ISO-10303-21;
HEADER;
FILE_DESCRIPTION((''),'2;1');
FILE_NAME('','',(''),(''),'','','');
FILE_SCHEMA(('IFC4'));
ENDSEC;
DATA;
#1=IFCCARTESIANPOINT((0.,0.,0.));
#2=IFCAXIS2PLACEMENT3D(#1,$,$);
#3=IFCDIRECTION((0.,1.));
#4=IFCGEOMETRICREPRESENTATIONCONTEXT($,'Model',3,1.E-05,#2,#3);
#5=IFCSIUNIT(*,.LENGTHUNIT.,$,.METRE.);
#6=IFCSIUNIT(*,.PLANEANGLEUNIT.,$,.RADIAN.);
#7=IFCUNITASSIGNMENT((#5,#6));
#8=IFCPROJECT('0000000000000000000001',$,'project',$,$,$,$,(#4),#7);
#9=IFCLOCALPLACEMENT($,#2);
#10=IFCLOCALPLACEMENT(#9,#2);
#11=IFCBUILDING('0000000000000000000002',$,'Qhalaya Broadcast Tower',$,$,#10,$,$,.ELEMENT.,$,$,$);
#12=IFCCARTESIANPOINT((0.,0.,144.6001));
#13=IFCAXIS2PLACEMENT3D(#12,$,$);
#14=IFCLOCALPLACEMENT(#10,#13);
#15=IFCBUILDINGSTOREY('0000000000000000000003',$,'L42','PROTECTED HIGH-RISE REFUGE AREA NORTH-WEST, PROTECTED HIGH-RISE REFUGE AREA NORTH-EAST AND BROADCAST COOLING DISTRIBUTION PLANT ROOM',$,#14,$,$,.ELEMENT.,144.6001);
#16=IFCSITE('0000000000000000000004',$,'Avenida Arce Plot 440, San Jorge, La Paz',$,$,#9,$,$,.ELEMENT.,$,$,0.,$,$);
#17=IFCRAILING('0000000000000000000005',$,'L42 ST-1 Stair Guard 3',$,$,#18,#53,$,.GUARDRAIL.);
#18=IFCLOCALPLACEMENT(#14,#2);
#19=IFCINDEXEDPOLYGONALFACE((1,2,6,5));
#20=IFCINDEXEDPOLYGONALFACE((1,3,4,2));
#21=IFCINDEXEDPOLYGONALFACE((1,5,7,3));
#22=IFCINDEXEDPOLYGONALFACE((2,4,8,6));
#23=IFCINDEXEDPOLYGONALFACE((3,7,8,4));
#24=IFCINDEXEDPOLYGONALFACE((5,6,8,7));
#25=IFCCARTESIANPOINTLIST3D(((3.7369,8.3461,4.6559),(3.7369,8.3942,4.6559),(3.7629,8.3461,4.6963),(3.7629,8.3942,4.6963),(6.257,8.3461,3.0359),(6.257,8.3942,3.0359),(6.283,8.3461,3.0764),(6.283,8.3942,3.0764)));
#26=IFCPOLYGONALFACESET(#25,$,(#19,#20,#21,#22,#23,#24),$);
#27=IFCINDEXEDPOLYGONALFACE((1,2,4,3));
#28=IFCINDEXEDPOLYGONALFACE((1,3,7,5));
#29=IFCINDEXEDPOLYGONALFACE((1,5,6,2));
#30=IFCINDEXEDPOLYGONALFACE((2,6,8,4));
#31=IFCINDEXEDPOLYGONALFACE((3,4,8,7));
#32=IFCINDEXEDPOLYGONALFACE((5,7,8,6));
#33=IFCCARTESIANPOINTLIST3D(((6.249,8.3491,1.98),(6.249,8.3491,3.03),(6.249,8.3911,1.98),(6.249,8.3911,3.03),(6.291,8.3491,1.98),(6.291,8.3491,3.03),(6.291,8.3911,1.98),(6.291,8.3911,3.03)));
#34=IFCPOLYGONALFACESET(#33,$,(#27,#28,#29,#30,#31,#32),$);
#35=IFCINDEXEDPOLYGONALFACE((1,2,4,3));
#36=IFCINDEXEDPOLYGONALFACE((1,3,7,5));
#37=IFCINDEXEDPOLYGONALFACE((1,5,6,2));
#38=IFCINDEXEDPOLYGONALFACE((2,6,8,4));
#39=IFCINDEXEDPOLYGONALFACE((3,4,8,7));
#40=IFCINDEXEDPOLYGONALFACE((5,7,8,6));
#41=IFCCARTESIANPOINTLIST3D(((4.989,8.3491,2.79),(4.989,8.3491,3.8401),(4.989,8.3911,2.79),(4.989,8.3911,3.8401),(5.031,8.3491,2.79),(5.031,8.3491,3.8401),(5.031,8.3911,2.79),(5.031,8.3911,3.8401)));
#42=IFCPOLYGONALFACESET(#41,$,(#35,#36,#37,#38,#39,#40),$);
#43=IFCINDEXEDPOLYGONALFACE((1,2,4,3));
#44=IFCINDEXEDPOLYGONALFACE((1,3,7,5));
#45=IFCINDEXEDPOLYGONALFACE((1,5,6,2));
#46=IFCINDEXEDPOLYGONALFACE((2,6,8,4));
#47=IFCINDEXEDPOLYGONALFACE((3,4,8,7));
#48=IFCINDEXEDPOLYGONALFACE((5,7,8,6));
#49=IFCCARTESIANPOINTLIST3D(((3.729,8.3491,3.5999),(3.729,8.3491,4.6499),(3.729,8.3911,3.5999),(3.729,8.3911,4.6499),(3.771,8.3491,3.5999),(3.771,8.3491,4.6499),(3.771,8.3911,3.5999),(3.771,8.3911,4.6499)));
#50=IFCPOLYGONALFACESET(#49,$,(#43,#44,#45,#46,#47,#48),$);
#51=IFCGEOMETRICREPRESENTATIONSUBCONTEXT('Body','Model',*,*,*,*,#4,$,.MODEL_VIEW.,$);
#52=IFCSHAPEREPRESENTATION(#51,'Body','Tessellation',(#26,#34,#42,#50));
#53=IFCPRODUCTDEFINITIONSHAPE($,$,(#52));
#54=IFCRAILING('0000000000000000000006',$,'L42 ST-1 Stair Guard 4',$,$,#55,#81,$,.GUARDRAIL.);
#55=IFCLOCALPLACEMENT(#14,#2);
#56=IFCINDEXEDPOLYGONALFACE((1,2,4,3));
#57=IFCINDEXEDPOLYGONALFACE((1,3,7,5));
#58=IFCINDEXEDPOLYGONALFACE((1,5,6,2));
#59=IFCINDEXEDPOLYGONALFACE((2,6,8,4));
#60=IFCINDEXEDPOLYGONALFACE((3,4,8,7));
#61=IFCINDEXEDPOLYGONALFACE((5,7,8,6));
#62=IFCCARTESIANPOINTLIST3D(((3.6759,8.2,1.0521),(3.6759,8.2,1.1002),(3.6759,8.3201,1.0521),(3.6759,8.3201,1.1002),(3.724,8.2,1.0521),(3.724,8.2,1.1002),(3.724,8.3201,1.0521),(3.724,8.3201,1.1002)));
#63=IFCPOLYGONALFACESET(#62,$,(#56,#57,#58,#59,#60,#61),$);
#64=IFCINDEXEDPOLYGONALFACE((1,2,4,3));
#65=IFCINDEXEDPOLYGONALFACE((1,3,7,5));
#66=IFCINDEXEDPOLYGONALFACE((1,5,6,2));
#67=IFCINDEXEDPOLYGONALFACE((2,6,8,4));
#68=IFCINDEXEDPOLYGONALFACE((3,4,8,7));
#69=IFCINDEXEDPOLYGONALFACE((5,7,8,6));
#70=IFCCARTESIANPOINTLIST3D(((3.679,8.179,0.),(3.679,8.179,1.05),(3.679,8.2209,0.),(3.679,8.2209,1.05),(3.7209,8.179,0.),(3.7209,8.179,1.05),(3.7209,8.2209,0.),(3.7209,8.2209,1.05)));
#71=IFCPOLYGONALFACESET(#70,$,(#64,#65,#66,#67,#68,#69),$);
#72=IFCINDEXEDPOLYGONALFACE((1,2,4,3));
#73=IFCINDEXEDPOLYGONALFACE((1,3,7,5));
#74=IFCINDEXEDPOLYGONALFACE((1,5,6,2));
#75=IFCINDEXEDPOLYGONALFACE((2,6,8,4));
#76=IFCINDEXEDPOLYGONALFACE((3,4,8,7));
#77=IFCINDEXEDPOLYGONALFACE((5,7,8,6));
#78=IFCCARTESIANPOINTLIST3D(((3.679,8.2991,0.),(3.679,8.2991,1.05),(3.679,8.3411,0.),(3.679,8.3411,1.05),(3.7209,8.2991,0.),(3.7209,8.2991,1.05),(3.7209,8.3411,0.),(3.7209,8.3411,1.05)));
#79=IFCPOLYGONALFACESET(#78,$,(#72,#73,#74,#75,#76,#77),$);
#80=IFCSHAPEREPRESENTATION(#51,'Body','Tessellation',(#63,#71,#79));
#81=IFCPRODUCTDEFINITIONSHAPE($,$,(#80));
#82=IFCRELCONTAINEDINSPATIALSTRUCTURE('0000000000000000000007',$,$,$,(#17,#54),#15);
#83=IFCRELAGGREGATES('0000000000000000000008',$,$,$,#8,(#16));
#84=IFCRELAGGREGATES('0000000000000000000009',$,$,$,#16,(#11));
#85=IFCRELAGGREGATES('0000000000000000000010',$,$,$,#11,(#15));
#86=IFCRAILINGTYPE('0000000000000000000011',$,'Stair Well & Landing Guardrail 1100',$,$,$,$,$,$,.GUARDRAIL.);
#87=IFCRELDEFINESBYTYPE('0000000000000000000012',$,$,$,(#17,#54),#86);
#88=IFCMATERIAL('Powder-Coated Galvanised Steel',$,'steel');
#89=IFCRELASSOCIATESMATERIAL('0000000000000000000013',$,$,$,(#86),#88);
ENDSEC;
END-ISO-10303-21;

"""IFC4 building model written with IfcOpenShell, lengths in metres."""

from ifc_helpers import new_model, si_unit, direction, frame, origin, origin_2d, place, context, subcontext, project, spatial, rectangle, extrude, material, type_object, element, save


model = new_model("IFC4")

# Units and contexts
model_context = context("Model", 3, precision=1e-05, world=origin(), true_north=direction((0.0, 1.0)))
body_context = subcontext(model_context, "Body", "Model", "MODEL_VIEW")
ifc_project = project(units=[si_unit("LENGTHUNIT", "METRE"), si_unit("PLANEANGLEUNIT", "RADIAN")], contexts=[model_context])

# Site, building, storey
site_placement = place(None, origin())
site = spatial("IfcSite", under=ifc_project, at=site_placement, Name="Avenida Arce Plot 440, San Jorge, La Paz", CompositionType="ELEMENT", RefElevation=0.0)
building_placement = place(site_placement, origin())
building = spatial("IfcBuilding", under=site, at=building_placement, Name="Qhalaya Broadcast Tower", CompositionType="ELEMENT")
storey_placement = place(building_placement, frame((0.0, 0.0, 144.6001)))
storey = spatial("IfcBuildingStorey", under=building, at=storey_placement, Name="L42", Description="PROTECTED HIGH-RISE REFUGE AREA NORTH-WEST, PROTECTED HIGH-RISE REFUGE AREA NORTH-EAST AND BROADCAST COOLING DISTRIBUTION PLANT ROOM", CompositionType="ELEMENT", Elevation=144.6001)

# Railings
ifc_material_1 = material(Name="Powder-Coated Galvanised Steel", Category="steel")
railing_type_1 = type_object("IfcRailingType", Name="Stair Well & Landing Guardrail 1100", PredefinedType="GUARDRAIL", material=ifc_material_1)
railing_1_placement = place(storey_placement, frame((6.27, 8.3701, 1.98)))
element("IfcRailing", 1, at=railing_1_placement, inside=storey, type_object=railing_type_1, Name="L42 ST-1 Stair Guard 3", PredefinedType="GUARDRAIL", context=body_context, shape_type="SweptSolid", body=[
    extrude(rectangle(XDim=0.0481, YDim=0.0481, at=origin_2d()), frame((0.0, 0.0, 1.0762), z_axis=(-0.8412, 0.0, 0.540725), x_axis=(0.0, -1.0, 0.0)), (0.0, 0.0, 1.0), 2.9958),
    extrude(rectangle(XDim=0.042, YDim=0.042, at=origin_2d()), origin(), (0.0, 0.0, 1.0), 1.05),
    extrude(rectangle(XDim=0.042, YDim=0.042, at=origin_2d()), frame((-1.26, 0.0, 0.8101)), (0.0, 0.0, 1.0), 1.05),
    extrude(rectangle(XDim=0.042, YDim=0.042, at=origin_2d()), frame((-2.52, 0.0, 1.6199)), (0.0, 0.0, 1.0), 1.05),
])
railing_2_placement = place(storey_placement, frame((3.7, 8.2, 0.0)))
element("IfcRailing", 2, at=railing_2_placement, inside=storey, type_object=railing_type_1, Name="L42 ST-1 Stair Guard 4", PredefinedType="GUARDRAIL", context=body_context, shape_type="SweptSolid", body=[
    extrude(rectangle(XDim=0.0481, YDim=0.0481, at=origin_2d()), frame((0.0, 0.0, 1.0762), z_axis=(0.0, 1.0, 0.0), x_axis=(-1.0, 0.0, 0.0)), (0.0, 0.0, 1.0), 0.1201),
    extrude(rectangle(XDim=0.042, YDim=0.042, at=origin_2d()), origin(), (0.0, 0.0, 1.0), 1.05),
    extrude(rectangle(XDim=0.042, YDim=0.042, at=origin_2d()), frame((0.0, 0.1201, 0.0)), (0.0, 0.0, 1.0), 1.05),
])

save(model, "model.ifc")
